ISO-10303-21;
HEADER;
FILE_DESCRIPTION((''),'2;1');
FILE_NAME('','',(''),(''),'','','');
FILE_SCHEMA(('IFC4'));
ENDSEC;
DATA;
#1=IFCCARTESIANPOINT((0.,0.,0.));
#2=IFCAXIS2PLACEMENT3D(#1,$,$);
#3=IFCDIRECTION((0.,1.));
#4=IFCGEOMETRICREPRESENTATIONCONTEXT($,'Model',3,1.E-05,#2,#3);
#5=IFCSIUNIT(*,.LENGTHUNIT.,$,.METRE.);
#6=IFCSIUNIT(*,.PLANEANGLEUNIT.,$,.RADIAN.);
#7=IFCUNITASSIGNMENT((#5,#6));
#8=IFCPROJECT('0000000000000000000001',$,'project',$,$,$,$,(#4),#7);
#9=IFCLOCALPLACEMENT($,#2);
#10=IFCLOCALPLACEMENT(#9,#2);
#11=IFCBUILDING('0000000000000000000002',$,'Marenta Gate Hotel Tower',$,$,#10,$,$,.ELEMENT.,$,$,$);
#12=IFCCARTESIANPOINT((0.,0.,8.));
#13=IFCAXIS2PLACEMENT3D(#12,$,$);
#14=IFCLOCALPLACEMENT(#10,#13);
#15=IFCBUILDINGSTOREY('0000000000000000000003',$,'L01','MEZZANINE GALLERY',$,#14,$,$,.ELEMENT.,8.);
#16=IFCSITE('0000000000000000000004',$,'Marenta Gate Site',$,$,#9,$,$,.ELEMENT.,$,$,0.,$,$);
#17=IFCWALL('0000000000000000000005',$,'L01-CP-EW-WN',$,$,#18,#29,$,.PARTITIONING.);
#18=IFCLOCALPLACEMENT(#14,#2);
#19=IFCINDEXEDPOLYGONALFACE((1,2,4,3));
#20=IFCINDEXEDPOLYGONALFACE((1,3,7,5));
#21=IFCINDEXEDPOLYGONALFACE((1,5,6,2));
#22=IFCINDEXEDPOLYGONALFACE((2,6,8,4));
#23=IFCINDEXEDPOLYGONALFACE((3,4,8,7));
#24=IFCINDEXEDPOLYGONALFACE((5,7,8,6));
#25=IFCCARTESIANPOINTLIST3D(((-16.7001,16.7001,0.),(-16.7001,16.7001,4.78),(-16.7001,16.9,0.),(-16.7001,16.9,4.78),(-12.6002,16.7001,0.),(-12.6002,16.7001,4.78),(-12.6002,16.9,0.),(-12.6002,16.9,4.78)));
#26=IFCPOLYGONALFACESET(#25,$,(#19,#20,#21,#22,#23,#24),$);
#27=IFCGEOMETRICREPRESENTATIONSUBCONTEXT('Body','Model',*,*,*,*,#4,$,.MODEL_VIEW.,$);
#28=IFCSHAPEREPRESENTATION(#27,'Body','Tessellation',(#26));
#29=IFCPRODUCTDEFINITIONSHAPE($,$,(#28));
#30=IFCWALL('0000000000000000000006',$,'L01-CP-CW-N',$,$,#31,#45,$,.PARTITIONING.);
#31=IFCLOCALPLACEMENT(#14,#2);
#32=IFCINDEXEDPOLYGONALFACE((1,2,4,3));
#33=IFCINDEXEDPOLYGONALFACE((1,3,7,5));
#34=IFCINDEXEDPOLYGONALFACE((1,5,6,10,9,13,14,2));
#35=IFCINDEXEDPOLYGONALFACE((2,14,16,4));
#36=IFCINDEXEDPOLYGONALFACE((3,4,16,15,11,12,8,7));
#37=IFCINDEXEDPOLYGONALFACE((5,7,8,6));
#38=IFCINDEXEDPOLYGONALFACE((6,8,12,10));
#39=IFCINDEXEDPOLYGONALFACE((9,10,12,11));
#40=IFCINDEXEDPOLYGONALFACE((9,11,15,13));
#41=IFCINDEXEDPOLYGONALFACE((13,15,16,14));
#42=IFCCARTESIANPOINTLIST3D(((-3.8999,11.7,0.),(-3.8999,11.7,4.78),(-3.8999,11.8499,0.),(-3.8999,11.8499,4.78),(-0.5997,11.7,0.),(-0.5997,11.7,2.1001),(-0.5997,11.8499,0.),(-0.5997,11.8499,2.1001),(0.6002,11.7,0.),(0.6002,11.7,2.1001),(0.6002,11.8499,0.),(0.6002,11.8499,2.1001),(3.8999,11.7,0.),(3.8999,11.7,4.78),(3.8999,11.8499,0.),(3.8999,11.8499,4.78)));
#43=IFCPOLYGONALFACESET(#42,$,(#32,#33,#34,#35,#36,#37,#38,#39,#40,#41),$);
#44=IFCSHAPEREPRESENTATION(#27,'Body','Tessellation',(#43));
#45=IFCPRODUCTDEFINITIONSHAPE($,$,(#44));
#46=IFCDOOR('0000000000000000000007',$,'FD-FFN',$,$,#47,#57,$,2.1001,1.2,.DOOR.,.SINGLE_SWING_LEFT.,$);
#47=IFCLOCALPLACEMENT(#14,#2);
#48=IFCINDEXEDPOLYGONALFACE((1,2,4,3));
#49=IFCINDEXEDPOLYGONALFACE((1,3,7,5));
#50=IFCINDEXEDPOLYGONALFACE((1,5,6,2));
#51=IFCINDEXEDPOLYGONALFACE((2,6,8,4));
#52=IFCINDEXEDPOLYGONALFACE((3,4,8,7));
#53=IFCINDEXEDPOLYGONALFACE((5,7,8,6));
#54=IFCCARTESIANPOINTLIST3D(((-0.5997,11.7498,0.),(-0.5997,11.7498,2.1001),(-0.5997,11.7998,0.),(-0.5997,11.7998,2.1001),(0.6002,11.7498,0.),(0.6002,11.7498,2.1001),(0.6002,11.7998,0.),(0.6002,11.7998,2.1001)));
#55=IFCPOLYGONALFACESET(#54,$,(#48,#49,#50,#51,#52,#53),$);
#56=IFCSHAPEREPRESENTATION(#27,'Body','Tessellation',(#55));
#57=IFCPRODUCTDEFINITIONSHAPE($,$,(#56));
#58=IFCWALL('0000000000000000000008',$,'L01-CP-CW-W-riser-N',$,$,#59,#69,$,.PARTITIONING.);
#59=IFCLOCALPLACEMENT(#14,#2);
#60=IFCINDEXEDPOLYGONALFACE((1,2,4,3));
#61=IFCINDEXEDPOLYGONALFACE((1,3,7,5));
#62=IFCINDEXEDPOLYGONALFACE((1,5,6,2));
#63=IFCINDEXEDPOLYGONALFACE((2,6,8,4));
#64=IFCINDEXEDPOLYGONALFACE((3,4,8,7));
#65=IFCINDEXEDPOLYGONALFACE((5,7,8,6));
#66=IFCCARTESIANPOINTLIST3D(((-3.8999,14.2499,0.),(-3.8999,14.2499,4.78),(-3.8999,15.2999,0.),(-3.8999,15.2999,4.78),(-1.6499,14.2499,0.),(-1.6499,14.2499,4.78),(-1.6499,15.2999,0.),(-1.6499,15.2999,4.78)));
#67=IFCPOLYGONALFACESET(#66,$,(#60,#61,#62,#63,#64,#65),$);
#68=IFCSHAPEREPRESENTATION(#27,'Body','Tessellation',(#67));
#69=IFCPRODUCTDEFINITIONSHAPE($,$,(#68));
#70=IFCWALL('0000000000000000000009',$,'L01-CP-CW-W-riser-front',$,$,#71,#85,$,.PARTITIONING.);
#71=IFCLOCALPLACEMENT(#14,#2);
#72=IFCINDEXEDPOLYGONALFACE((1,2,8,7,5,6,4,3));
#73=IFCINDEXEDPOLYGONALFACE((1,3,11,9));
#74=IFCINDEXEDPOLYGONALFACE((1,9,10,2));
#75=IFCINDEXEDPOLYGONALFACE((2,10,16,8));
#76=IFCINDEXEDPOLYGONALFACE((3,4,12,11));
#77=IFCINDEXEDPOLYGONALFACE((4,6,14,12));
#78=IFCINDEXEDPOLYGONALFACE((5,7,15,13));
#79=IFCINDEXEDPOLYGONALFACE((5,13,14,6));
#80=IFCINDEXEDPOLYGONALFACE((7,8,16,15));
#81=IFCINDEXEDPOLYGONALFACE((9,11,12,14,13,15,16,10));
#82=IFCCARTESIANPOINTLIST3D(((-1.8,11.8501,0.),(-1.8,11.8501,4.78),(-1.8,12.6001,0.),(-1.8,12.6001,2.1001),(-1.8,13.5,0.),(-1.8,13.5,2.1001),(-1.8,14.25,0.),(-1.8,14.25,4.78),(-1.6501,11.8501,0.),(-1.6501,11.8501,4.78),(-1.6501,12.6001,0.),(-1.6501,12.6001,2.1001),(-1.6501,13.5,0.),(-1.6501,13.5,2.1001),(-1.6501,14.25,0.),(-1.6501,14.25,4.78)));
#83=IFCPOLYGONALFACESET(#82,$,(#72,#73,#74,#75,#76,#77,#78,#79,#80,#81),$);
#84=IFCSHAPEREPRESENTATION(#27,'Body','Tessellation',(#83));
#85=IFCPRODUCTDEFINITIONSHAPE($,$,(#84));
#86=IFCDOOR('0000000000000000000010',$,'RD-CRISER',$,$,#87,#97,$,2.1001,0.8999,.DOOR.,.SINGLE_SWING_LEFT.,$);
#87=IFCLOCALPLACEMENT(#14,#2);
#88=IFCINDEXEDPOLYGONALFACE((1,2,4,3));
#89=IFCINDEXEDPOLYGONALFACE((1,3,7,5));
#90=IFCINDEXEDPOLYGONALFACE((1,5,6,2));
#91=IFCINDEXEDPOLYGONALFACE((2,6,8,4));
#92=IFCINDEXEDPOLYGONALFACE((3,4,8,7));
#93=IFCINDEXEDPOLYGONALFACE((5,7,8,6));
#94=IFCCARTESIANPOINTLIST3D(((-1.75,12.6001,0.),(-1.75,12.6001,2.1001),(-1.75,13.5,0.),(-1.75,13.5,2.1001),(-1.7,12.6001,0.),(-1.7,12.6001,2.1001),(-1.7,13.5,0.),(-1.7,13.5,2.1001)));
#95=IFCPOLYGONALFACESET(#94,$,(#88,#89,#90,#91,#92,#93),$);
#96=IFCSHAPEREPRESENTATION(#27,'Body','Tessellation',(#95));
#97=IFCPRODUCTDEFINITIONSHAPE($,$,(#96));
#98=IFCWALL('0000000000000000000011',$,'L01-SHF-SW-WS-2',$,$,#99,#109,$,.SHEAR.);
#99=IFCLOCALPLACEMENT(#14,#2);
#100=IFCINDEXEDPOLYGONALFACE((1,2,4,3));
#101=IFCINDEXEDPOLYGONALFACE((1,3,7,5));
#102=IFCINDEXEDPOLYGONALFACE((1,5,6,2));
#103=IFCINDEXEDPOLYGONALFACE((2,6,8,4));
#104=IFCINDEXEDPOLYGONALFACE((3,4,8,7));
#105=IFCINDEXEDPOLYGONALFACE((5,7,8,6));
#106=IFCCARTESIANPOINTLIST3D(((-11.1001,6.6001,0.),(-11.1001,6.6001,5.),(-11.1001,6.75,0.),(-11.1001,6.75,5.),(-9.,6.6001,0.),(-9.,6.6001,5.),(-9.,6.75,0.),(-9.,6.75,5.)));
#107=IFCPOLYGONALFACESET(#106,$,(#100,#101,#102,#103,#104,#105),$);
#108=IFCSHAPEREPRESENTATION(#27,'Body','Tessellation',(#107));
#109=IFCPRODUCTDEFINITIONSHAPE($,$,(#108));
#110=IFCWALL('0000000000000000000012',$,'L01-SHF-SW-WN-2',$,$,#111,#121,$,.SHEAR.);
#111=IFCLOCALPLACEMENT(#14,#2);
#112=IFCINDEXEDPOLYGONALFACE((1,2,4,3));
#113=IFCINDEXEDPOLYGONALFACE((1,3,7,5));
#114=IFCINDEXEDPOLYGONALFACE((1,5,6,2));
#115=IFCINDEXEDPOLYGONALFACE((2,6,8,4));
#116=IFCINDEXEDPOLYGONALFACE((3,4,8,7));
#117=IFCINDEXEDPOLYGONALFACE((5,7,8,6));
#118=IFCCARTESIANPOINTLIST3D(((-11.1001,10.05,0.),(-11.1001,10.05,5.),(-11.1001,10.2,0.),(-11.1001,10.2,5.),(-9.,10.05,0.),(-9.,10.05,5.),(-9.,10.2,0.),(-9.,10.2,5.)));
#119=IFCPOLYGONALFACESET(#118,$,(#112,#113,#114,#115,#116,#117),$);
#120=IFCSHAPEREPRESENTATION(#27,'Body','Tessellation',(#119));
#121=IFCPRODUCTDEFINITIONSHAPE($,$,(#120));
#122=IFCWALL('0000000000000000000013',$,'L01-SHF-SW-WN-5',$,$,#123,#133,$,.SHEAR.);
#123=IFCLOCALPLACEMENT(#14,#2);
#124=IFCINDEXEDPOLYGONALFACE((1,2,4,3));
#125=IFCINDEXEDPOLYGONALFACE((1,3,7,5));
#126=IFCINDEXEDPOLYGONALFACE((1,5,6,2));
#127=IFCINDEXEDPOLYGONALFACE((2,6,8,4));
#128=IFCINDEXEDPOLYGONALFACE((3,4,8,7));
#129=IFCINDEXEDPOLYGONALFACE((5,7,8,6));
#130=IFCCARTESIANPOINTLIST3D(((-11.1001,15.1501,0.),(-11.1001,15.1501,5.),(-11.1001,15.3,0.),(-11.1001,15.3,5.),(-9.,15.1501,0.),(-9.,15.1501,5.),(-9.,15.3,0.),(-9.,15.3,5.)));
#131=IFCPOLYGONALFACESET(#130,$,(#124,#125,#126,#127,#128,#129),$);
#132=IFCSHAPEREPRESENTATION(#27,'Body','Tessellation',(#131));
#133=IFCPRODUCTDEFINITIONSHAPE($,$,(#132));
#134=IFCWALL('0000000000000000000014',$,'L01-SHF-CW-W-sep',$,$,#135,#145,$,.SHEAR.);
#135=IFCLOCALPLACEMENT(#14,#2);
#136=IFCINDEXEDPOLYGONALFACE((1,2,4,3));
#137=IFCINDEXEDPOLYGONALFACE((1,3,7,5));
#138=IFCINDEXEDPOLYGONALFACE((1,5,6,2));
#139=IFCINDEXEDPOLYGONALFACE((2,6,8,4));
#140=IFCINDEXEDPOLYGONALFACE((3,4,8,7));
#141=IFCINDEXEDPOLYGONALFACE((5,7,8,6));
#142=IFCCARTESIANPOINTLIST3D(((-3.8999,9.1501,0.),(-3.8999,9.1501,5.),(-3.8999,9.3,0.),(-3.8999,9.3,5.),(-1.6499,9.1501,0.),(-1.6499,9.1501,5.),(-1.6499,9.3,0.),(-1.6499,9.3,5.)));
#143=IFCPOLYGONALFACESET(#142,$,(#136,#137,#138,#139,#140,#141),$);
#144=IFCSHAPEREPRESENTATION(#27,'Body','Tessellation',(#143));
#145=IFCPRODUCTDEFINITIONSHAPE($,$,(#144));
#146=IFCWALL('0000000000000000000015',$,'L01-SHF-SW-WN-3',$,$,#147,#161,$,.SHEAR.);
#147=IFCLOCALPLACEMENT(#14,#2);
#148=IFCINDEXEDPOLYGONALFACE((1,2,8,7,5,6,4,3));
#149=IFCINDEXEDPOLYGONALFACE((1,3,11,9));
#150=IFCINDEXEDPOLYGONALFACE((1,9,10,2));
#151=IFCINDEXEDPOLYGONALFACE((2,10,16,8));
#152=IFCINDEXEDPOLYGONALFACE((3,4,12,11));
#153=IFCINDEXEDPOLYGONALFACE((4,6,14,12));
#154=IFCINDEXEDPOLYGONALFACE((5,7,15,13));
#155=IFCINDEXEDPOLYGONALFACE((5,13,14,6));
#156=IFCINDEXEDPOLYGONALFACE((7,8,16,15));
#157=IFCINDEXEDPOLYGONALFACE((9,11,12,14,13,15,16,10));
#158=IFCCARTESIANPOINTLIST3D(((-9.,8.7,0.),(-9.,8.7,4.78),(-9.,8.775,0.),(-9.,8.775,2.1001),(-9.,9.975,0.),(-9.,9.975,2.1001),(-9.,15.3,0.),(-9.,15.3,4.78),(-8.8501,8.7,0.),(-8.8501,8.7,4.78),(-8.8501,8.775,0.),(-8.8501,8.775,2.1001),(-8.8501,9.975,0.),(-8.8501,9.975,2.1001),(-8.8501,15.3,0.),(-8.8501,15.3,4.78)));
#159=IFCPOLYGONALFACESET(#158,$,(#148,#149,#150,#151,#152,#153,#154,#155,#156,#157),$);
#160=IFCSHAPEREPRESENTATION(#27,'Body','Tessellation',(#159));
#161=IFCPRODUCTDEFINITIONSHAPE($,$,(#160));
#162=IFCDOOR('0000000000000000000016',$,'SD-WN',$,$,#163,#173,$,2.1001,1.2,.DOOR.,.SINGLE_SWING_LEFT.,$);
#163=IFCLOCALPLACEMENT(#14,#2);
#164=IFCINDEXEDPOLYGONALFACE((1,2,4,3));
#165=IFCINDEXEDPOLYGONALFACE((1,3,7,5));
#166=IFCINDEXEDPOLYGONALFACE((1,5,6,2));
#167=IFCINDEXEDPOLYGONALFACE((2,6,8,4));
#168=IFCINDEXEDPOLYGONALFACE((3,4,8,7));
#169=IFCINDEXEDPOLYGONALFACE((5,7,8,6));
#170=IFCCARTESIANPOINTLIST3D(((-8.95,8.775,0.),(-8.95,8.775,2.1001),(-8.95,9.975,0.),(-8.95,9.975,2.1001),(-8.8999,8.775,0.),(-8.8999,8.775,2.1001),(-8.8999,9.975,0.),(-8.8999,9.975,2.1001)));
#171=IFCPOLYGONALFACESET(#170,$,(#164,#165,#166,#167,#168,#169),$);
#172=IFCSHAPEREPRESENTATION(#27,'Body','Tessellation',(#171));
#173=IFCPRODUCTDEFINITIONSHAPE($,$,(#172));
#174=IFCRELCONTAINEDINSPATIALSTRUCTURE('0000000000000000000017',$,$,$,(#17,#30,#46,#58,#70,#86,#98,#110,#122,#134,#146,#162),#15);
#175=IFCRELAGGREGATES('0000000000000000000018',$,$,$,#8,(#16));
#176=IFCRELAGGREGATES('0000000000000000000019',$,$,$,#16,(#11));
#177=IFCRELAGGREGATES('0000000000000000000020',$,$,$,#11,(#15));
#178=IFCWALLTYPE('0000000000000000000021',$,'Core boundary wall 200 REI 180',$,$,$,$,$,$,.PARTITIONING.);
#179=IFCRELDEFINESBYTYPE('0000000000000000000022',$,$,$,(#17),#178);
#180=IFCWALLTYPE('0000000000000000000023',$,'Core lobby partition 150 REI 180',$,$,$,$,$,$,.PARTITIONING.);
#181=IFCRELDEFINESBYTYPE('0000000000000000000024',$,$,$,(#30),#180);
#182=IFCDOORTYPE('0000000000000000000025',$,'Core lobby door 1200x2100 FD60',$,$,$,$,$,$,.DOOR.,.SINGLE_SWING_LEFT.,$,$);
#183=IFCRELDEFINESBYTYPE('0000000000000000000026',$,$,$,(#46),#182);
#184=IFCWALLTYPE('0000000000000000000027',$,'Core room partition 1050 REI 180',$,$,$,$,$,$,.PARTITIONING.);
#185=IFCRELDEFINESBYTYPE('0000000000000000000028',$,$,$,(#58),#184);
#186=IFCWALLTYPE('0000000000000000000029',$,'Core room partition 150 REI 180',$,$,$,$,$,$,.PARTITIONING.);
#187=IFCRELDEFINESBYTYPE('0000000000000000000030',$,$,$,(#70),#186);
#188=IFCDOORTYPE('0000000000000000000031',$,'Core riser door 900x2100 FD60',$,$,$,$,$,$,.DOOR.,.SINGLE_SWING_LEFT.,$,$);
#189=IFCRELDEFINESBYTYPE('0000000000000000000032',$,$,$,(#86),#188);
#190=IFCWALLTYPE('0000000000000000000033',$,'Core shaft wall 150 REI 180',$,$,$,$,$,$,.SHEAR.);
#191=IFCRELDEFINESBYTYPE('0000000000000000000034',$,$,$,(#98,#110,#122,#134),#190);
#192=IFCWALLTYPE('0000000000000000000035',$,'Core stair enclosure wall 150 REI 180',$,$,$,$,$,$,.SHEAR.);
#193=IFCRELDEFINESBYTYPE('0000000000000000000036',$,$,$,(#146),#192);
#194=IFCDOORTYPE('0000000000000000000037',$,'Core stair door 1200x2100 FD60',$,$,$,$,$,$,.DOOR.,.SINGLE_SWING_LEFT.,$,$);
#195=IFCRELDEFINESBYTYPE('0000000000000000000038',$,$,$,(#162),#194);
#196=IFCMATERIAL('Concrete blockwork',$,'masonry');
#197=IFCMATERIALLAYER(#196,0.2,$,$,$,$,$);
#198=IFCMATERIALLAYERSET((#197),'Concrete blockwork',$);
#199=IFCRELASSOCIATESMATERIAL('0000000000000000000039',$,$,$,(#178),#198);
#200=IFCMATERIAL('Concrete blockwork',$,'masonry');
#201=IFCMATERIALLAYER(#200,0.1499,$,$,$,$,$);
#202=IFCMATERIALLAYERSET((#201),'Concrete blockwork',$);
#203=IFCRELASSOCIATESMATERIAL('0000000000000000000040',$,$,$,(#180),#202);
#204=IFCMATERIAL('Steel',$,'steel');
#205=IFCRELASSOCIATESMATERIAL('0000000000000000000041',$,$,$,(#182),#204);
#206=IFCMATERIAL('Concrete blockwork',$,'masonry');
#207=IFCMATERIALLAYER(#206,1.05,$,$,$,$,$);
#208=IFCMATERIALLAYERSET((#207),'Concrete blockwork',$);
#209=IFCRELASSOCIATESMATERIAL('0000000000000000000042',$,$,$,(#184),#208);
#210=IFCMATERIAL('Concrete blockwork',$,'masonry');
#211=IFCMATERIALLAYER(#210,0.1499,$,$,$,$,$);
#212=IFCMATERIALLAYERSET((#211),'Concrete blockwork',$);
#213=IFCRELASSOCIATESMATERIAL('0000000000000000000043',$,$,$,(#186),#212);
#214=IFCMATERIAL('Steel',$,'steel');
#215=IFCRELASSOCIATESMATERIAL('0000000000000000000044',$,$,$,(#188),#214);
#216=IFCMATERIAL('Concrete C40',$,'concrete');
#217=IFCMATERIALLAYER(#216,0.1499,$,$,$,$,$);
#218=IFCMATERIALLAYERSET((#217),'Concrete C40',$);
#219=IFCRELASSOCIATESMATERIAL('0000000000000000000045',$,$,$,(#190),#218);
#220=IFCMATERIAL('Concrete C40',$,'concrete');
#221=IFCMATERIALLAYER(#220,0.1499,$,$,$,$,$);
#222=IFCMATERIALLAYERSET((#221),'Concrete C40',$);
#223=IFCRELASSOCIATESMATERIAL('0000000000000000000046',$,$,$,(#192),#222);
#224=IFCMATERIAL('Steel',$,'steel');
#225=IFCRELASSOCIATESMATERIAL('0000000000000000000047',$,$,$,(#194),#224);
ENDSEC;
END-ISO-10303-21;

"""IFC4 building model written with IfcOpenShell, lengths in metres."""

from ifc_helpers import new_model, si_unit, direction, frame, frame_2d, origin, place, context, subcontext, project, spatial, rectangle, extrude, material, layer, layer_set, type_object, element, fill, save


model = new_model("IFC4")

# Units and contexts
model_context = context("Model", 3, precision=1e-05, world=origin(), true_north=direction((0.0, 1.0)))
body_context = subcontext(model_context, "Body", "Model", "MODEL_VIEW")
ifc_project = project(units=[si_unit("LENGTHUNIT", "METRE"), si_unit("PLANEANGLEUNIT", "RADIAN")], contexts=[model_context])

# Site, building, storey
site_placement = place(None, origin())
site = spatial("IfcSite", under=ifc_project, at=site_placement, Name="Marenta Gate Site", CompositionType="ELEMENT", RefElevation=0.0)
building_placement = place(site_placement, origin())
building = spatial("IfcBuilding", under=site, at=building_placement, Name="Marenta Gate Hotel Tower", CompositionType="ELEMENT")
storey_placement = place(building_placement, frame((0.0, 0.0, 8.0)))
storey = spatial("IfcBuildingStorey", under=building, at=storey_placement, Name="L01", Description="MEZZANINE GALLERY", CompositionType="ELEMENT", Elevation=8.0)

# Wall
ifc_material_1 = material(Name="Concrete blockwork", Category="masonry")
ifc_layer_1 = layer(ifc_material_1, 0.2)
ifc_layer_set_1 = layer_set([ifc_layer_1], Name="Concrete blockwork")
wall_type_1 = type_object("IfcWallType", Name="Core boundary wall 200 REI 180", PredefinedType="PARTITIONING", material=ifc_layer_set_1)
wall_1_placement = place(storey_placement, frame((-16.7, 16.8, 0.0), z_axis=(0.0, 0.0, 1.0), x_axis=(1.0, 0.0, 0.0)))
element("IfcWall", 1, at=wall_1_placement, inside=storey, type_object=wall_type_1, Name="L01-CP-EW-WN", PredefinedType="PARTITIONING", context=body_context, shape_type="SweptSolid", body=[
    extrude(rectangle(XDim=4.0999, YDim=0.2, at=frame_2d((2.0498, 0.0))), origin(), (0.0, 0.0, 1.0), 4.78),
])

# Wall, opening, door
ifc_material_2 = material(Name="Concrete blockwork", Category="masonry")
ifc_layer_2 = layer(ifc_material_2, 0.1499)
ifc_layer_set_2 = layer_set([ifc_layer_2], Name="Concrete blockwork")
wall_type_2 = type_object("IfcWallType", Name="Core lobby partition 150 REI 180", PredefinedType="PARTITIONING", material=ifc_layer_set_2)
wall_2_placement = place(storey_placement, frame((-3.8999, 11.7749, 0.0), z_axis=(0.0, 0.0, 1.0), x_axis=(1.0, 0.0, 0.0)))
wall_2 = element("IfcWall", 2, at=wall_2_placement, inside=storey, type_object=wall_type_2, Name="L01-CP-CW-N", PredefinedType="PARTITIONING", context=body_context, shape_type="SweptSolid", body=[
    extrude(rectangle(XDim=7.7998, YDim=0.1499, at=frame_2d((3.8999, 0.0))), origin(), (0.0, 0.0, 1.0), 4.78),
])
opening_1_placement = place(wall_2_placement, frame((3.3, 0.0, 0.0)))
opening_1 = element("IfcOpeningElement", 3, at=opening_1_placement, cuts=wall_2, PredefinedType="OPENING", context=body_context, shape_type="SweptSolid", body=[
    extrude(rectangle(XDim=1.2, YDim=2.1001, at=frame_2d((0.6001, 1.05))), frame((0.0, 0.075, 0.0), z_axis=(0.0, -1.0, 0.0), x_axis=(1.0, 0.0, 0.0)), (0.0, 0.0, 1.0), 0.1499),
])
ifc_material_3 = material(Name="Steel", Category="steel")
door_type_1 = type_object("IfcDoorType", Name="Core lobby door 1200x2100 FD60", OperationType="SINGLE_SWING_LEFT", PredefinedType="DOOR", material=ifc_material_3)
door_1_placement = place(opening_1_placement, origin())
door_1 = element("IfcDoor", 4, at=door_1_placement, inside=storey, type_object=door_type_1, Name="FD-FFN", OperationType="SINGLE_SWING_LEFT", OverallHeight=2.1001, OverallWidth=1.2, PredefinedType="DOOR", context=body_context, shape_type="SweptSolid", body=[
    extrude(rectangle(XDim=1.2, YDim=2.1001, at=frame_2d((0.6001, 1.05))), frame((0.0, 0.0249, 0.0), z_axis=(0.0, -1.0, 0.0), x_axis=(1.0, 0.0, 0.0)), (0.0, 0.0, 1.0), 0.05),
])
fill(opening_1, door_1)

# Wall
ifc_material_4 = material(Name="Concrete blockwork", Category="masonry")
ifc_layer_3 = layer(ifc_material_4, 1.05)
ifc_layer_set_3 = layer_set([ifc_layer_3], Name="Concrete blockwork")
wall_type_3 = type_object("IfcWallType", Name="Core room partition 1050 REI 180", PredefinedType="PARTITIONING", material=ifc_layer_set_3)
wall_3_placement = place(storey_placement, frame((-3.8999, 14.7749, 0.0), z_axis=(0.0, 0.0, 1.0), x_axis=(1.0, 0.0, 0.0)))
element("IfcWall", 5, at=wall_3_placement, inside=storey, type_object=wall_type_3, Name="L01-CP-CW-W-riser-N", PredefinedType="PARTITIONING", context=body_context, shape_type="SweptSolid", body=[
    extrude(rectangle(XDim=2.25, YDim=1.05, at=frame_2d((1.125, 0.0))), origin(), (0.0, 0.0, 1.0), 4.78),
])

# Wall, opening, door
ifc_material_5 = material(Name="Concrete blockwork", Category="masonry")
ifc_layer_4 = layer(ifc_material_5, 0.1499)
ifc_layer_set_4 = layer_set([ifc_layer_4], Name="Concrete blockwork")
wall_type_4 = type_object("IfcWallType", Name="Core room partition 150 REI 180", PredefinedType="PARTITIONING", material=ifc_layer_set_4)
wall_4_placement = place(storey_placement, frame((-1.7251, 11.8501, 0.0), z_axis=(0.0, 0.0, 1.0), x_axis=(0.0, 1.0, 0.0)))
wall_4 = element("IfcWall", 6, at=wall_4_placement, inside=storey, type_object=wall_type_4, Name="L01-CP-CW-W-riser-front", PredefinedType="PARTITIONING", context=body_context, shape_type="SweptSolid", body=[
    extrude(rectangle(XDim=2.3999, YDim=0.1499, at=frame_2d((1.2, 0.0))), origin(), (0.0, 0.0, 1.0), 4.78),
])
opening_2_placement = place(wall_4_placement, frame((0.75, 0.0, 0.0)))
opening_2 = element("IfcOpeningElement", 7, at=opening_2_placement, cuts=wall_4, PredefinedType="OPENING", context=body_context, shape_type="SweptSolid", body=[
    extrude(rectangle(XDim=0.8999, YDim=2.1001, at=frame_2d((0.45, 1.05))), frame((0.0, 0.075, 0.0), z_axis=(0.0, -1.0, 0.0), x_axis=(1.0, 0.0, 0.0)), (0.0, 0.0, 1.0), 0.1499),
])
ifc_material_6 = material(Name="Steel", Category="steel")
door_type_2 = type_object("IfcDoorType", Name="Core riser door 900x2100 FD60", OperationType="SINGLE_SWING_LEFT", PredefinedType="DOOR", material=ifc_material_6)
door_2_placement = place(opening_2_placement, origin())
door_2 = element("IfcDoor", 8, at=door_2_placement, inside=storey, type_object=door_type_2, Name="RD-CRISER", OperationType="SINGLE_SWING_LEFT", OverallHeight=2.1001, OverallWidth=0.8999, PredefinedType="DOOR", context=body_context, shape_type="SweptSolid", body=[
    extrude(rectangle(XDim=0.8999, YDim=2.1001, at=frame_2d((0.45, 1.05))), frame((0.0, 0.0249, 0.0), z_axis=(0.0, -1.0, 0.0), x_axis=(1.0, 0.0, 0.0)), (0.0, 0.0, 1.0), 0.05),
])
fill(opening_2, door_2)

# Walls
ifc_material_7 = material(Name="Concrete C40", Category="concrete")
ifc_layer_5 = layer(ifc_material_7, 0.1499)
ifc_layer_set_5 = layer_set([ifc_layer_5], Name="Concrete C40")
wall_type_5 = type_object("IfcWallType", Name="Core shaft wall 150 REI 180", PredefinedType="SHEAR", material=ifc_layer_set_5)
for number, where, z_axis, x_axis, name in (
    (9, (-11.1001, 6.675, 0.0), (0.0, 0.0, 1.0), (1.0, 0.0, 0.0), "L01-SHF-SW-WS-2"),
    (10, (-11.1001, 10.125, 0.0), (0.0, 0.0, 1.0), (1.0, 0.0, 0.0), "L01-SHF-SW-WN-2"),
    (11, (-11.1001, 15.2251, 0.0), (0.0, 0.0, 1.0), (1.0, 0.0, 0.0), "L01-SHF-SW-WN-5"),
):
    element("IfcWall", number, at=place(storey_placement, frame(where, z_axis=z_axis, x_axis=x_axis)), inside=storey, type_object=wall_type_5, Name=name, PredefinedType="SHEAR", context=body_context, shape_type="SweptSolid", body=[
        extrude(rectangle(XDim=2.1001, YDim=0.1499, at=frame_2d((1.05, 0.0))), origin(), (0.0, 0.0, 1.0), 5.0),
    ])
wall_5_placement = place(storey_placement, frame((-3.8999, 9.2251, 0.0), z_axis=(0.0, 0.0, 1.0), x_axis=(1.0, 0.0, 0.0)))
element("IfcWall", 12, at=wall_5_placement, inside=storey, type_object=wall_type_5, Name="L01-SHF-CW-W-sep", PredefinedType="SHEAR", context=body_context, shape_type="SweptSolid", body=[
    extrude(rectangle(XDim=2.25, YDim=0.1499, at=frame_2d((1.125, 0.0))), origin(), (0.0, 0.0, 1.0), 5.0),
])

# Wall, opening, door
ifc_material_8 = material(Name="Concrete C40", Category="concrete")
ifc_layer_6 = layer(ifc_material_8, 0.1499)
ifc_layer_set_6 = layer_set([ifc_layer_6], Name="Concrete C40")
wall_type_6 = type_object("IfcWallType", Name="Core stair enclosure wall 150 REI 180", PredefinedType="SHEAR", material=ifc_layer_set_6)
wall_6_placement = place(storey_placement, frame((-8.925, 8.7, 0.0), z_axis=(0.0, 0.0, 1.0), x_axis=(0.0, 1.0, 0.0)))
wall_6 = element("IfcWall", 13, at=wall_6_placement, inside=storey, type_object=wall_type_6, Name="L01-SHF-SW-WN-3", PredefinedType="SHEAR", context=body_context, shape_type="SweptSolid", body=[
    extrude(rectangle(XDim=6.6001, YDim=0.1499, at=frame_2d((3.3, 0.0))), origin(), (0.0, 0.0, 1.0), 4.78),
])
opening_3_placement = place(wall_6_placement, frame((0.075, 0.0, 0.0)))
opening_3 = element("IfcOpeningElement", 14, at=opening_3_placement, cuts=wall_6, PredefinedType="OPENING", context=body_context, shape_type="SweptSolid", body=[
    extrude(rectangle(XDim=1.2, YDim=2.1001, at=frame_2d((0.6001, 1.05))), frame((0.0, 0.075, 0.0), z_axis=(0.0, -1.0, 0.0), x_axis=(1.0, 0.0, 0.0)), (0.0, 0.0, 1.0), 0.1499),
])
ifc_material_9 = material(Name="Steel", Category="steel")
door_type_3 = type_object("IfcDoorType", Name="Core stair door 1200x2100 FD60", OperationType="SINGLE_SWING_LEFT", PredefinedType="DOOR", material=ifc_material_9)
door_3_placement = place(opening_3_placement, origin())
door_3 = element("IfcDoor", 15, at=door_3_placement, inside=storey, type_object=door_type_3, Name="SD-WN", OperationType="SINGLE_SWING_LEFT", OverallHeight=2.1001, OverallWidth=1.2, PredefinedType="DOOR", context=body_context, shape_type="SweptSolid", body=[
    extrude(rectangle(XDim=1.2, YDim=2.1001, at=frame_2d((0.6001, 1.05))), frame((0.0, 0.0249, 0.0), z_axis=(0.0, -1.0, 0.0), x_axis=(1.0, 0.0, 0.0)), (0.0, 0.0, 1.0), 0.05),
])
fill(opening_3, door_3)

save(model, "model.ifc")
